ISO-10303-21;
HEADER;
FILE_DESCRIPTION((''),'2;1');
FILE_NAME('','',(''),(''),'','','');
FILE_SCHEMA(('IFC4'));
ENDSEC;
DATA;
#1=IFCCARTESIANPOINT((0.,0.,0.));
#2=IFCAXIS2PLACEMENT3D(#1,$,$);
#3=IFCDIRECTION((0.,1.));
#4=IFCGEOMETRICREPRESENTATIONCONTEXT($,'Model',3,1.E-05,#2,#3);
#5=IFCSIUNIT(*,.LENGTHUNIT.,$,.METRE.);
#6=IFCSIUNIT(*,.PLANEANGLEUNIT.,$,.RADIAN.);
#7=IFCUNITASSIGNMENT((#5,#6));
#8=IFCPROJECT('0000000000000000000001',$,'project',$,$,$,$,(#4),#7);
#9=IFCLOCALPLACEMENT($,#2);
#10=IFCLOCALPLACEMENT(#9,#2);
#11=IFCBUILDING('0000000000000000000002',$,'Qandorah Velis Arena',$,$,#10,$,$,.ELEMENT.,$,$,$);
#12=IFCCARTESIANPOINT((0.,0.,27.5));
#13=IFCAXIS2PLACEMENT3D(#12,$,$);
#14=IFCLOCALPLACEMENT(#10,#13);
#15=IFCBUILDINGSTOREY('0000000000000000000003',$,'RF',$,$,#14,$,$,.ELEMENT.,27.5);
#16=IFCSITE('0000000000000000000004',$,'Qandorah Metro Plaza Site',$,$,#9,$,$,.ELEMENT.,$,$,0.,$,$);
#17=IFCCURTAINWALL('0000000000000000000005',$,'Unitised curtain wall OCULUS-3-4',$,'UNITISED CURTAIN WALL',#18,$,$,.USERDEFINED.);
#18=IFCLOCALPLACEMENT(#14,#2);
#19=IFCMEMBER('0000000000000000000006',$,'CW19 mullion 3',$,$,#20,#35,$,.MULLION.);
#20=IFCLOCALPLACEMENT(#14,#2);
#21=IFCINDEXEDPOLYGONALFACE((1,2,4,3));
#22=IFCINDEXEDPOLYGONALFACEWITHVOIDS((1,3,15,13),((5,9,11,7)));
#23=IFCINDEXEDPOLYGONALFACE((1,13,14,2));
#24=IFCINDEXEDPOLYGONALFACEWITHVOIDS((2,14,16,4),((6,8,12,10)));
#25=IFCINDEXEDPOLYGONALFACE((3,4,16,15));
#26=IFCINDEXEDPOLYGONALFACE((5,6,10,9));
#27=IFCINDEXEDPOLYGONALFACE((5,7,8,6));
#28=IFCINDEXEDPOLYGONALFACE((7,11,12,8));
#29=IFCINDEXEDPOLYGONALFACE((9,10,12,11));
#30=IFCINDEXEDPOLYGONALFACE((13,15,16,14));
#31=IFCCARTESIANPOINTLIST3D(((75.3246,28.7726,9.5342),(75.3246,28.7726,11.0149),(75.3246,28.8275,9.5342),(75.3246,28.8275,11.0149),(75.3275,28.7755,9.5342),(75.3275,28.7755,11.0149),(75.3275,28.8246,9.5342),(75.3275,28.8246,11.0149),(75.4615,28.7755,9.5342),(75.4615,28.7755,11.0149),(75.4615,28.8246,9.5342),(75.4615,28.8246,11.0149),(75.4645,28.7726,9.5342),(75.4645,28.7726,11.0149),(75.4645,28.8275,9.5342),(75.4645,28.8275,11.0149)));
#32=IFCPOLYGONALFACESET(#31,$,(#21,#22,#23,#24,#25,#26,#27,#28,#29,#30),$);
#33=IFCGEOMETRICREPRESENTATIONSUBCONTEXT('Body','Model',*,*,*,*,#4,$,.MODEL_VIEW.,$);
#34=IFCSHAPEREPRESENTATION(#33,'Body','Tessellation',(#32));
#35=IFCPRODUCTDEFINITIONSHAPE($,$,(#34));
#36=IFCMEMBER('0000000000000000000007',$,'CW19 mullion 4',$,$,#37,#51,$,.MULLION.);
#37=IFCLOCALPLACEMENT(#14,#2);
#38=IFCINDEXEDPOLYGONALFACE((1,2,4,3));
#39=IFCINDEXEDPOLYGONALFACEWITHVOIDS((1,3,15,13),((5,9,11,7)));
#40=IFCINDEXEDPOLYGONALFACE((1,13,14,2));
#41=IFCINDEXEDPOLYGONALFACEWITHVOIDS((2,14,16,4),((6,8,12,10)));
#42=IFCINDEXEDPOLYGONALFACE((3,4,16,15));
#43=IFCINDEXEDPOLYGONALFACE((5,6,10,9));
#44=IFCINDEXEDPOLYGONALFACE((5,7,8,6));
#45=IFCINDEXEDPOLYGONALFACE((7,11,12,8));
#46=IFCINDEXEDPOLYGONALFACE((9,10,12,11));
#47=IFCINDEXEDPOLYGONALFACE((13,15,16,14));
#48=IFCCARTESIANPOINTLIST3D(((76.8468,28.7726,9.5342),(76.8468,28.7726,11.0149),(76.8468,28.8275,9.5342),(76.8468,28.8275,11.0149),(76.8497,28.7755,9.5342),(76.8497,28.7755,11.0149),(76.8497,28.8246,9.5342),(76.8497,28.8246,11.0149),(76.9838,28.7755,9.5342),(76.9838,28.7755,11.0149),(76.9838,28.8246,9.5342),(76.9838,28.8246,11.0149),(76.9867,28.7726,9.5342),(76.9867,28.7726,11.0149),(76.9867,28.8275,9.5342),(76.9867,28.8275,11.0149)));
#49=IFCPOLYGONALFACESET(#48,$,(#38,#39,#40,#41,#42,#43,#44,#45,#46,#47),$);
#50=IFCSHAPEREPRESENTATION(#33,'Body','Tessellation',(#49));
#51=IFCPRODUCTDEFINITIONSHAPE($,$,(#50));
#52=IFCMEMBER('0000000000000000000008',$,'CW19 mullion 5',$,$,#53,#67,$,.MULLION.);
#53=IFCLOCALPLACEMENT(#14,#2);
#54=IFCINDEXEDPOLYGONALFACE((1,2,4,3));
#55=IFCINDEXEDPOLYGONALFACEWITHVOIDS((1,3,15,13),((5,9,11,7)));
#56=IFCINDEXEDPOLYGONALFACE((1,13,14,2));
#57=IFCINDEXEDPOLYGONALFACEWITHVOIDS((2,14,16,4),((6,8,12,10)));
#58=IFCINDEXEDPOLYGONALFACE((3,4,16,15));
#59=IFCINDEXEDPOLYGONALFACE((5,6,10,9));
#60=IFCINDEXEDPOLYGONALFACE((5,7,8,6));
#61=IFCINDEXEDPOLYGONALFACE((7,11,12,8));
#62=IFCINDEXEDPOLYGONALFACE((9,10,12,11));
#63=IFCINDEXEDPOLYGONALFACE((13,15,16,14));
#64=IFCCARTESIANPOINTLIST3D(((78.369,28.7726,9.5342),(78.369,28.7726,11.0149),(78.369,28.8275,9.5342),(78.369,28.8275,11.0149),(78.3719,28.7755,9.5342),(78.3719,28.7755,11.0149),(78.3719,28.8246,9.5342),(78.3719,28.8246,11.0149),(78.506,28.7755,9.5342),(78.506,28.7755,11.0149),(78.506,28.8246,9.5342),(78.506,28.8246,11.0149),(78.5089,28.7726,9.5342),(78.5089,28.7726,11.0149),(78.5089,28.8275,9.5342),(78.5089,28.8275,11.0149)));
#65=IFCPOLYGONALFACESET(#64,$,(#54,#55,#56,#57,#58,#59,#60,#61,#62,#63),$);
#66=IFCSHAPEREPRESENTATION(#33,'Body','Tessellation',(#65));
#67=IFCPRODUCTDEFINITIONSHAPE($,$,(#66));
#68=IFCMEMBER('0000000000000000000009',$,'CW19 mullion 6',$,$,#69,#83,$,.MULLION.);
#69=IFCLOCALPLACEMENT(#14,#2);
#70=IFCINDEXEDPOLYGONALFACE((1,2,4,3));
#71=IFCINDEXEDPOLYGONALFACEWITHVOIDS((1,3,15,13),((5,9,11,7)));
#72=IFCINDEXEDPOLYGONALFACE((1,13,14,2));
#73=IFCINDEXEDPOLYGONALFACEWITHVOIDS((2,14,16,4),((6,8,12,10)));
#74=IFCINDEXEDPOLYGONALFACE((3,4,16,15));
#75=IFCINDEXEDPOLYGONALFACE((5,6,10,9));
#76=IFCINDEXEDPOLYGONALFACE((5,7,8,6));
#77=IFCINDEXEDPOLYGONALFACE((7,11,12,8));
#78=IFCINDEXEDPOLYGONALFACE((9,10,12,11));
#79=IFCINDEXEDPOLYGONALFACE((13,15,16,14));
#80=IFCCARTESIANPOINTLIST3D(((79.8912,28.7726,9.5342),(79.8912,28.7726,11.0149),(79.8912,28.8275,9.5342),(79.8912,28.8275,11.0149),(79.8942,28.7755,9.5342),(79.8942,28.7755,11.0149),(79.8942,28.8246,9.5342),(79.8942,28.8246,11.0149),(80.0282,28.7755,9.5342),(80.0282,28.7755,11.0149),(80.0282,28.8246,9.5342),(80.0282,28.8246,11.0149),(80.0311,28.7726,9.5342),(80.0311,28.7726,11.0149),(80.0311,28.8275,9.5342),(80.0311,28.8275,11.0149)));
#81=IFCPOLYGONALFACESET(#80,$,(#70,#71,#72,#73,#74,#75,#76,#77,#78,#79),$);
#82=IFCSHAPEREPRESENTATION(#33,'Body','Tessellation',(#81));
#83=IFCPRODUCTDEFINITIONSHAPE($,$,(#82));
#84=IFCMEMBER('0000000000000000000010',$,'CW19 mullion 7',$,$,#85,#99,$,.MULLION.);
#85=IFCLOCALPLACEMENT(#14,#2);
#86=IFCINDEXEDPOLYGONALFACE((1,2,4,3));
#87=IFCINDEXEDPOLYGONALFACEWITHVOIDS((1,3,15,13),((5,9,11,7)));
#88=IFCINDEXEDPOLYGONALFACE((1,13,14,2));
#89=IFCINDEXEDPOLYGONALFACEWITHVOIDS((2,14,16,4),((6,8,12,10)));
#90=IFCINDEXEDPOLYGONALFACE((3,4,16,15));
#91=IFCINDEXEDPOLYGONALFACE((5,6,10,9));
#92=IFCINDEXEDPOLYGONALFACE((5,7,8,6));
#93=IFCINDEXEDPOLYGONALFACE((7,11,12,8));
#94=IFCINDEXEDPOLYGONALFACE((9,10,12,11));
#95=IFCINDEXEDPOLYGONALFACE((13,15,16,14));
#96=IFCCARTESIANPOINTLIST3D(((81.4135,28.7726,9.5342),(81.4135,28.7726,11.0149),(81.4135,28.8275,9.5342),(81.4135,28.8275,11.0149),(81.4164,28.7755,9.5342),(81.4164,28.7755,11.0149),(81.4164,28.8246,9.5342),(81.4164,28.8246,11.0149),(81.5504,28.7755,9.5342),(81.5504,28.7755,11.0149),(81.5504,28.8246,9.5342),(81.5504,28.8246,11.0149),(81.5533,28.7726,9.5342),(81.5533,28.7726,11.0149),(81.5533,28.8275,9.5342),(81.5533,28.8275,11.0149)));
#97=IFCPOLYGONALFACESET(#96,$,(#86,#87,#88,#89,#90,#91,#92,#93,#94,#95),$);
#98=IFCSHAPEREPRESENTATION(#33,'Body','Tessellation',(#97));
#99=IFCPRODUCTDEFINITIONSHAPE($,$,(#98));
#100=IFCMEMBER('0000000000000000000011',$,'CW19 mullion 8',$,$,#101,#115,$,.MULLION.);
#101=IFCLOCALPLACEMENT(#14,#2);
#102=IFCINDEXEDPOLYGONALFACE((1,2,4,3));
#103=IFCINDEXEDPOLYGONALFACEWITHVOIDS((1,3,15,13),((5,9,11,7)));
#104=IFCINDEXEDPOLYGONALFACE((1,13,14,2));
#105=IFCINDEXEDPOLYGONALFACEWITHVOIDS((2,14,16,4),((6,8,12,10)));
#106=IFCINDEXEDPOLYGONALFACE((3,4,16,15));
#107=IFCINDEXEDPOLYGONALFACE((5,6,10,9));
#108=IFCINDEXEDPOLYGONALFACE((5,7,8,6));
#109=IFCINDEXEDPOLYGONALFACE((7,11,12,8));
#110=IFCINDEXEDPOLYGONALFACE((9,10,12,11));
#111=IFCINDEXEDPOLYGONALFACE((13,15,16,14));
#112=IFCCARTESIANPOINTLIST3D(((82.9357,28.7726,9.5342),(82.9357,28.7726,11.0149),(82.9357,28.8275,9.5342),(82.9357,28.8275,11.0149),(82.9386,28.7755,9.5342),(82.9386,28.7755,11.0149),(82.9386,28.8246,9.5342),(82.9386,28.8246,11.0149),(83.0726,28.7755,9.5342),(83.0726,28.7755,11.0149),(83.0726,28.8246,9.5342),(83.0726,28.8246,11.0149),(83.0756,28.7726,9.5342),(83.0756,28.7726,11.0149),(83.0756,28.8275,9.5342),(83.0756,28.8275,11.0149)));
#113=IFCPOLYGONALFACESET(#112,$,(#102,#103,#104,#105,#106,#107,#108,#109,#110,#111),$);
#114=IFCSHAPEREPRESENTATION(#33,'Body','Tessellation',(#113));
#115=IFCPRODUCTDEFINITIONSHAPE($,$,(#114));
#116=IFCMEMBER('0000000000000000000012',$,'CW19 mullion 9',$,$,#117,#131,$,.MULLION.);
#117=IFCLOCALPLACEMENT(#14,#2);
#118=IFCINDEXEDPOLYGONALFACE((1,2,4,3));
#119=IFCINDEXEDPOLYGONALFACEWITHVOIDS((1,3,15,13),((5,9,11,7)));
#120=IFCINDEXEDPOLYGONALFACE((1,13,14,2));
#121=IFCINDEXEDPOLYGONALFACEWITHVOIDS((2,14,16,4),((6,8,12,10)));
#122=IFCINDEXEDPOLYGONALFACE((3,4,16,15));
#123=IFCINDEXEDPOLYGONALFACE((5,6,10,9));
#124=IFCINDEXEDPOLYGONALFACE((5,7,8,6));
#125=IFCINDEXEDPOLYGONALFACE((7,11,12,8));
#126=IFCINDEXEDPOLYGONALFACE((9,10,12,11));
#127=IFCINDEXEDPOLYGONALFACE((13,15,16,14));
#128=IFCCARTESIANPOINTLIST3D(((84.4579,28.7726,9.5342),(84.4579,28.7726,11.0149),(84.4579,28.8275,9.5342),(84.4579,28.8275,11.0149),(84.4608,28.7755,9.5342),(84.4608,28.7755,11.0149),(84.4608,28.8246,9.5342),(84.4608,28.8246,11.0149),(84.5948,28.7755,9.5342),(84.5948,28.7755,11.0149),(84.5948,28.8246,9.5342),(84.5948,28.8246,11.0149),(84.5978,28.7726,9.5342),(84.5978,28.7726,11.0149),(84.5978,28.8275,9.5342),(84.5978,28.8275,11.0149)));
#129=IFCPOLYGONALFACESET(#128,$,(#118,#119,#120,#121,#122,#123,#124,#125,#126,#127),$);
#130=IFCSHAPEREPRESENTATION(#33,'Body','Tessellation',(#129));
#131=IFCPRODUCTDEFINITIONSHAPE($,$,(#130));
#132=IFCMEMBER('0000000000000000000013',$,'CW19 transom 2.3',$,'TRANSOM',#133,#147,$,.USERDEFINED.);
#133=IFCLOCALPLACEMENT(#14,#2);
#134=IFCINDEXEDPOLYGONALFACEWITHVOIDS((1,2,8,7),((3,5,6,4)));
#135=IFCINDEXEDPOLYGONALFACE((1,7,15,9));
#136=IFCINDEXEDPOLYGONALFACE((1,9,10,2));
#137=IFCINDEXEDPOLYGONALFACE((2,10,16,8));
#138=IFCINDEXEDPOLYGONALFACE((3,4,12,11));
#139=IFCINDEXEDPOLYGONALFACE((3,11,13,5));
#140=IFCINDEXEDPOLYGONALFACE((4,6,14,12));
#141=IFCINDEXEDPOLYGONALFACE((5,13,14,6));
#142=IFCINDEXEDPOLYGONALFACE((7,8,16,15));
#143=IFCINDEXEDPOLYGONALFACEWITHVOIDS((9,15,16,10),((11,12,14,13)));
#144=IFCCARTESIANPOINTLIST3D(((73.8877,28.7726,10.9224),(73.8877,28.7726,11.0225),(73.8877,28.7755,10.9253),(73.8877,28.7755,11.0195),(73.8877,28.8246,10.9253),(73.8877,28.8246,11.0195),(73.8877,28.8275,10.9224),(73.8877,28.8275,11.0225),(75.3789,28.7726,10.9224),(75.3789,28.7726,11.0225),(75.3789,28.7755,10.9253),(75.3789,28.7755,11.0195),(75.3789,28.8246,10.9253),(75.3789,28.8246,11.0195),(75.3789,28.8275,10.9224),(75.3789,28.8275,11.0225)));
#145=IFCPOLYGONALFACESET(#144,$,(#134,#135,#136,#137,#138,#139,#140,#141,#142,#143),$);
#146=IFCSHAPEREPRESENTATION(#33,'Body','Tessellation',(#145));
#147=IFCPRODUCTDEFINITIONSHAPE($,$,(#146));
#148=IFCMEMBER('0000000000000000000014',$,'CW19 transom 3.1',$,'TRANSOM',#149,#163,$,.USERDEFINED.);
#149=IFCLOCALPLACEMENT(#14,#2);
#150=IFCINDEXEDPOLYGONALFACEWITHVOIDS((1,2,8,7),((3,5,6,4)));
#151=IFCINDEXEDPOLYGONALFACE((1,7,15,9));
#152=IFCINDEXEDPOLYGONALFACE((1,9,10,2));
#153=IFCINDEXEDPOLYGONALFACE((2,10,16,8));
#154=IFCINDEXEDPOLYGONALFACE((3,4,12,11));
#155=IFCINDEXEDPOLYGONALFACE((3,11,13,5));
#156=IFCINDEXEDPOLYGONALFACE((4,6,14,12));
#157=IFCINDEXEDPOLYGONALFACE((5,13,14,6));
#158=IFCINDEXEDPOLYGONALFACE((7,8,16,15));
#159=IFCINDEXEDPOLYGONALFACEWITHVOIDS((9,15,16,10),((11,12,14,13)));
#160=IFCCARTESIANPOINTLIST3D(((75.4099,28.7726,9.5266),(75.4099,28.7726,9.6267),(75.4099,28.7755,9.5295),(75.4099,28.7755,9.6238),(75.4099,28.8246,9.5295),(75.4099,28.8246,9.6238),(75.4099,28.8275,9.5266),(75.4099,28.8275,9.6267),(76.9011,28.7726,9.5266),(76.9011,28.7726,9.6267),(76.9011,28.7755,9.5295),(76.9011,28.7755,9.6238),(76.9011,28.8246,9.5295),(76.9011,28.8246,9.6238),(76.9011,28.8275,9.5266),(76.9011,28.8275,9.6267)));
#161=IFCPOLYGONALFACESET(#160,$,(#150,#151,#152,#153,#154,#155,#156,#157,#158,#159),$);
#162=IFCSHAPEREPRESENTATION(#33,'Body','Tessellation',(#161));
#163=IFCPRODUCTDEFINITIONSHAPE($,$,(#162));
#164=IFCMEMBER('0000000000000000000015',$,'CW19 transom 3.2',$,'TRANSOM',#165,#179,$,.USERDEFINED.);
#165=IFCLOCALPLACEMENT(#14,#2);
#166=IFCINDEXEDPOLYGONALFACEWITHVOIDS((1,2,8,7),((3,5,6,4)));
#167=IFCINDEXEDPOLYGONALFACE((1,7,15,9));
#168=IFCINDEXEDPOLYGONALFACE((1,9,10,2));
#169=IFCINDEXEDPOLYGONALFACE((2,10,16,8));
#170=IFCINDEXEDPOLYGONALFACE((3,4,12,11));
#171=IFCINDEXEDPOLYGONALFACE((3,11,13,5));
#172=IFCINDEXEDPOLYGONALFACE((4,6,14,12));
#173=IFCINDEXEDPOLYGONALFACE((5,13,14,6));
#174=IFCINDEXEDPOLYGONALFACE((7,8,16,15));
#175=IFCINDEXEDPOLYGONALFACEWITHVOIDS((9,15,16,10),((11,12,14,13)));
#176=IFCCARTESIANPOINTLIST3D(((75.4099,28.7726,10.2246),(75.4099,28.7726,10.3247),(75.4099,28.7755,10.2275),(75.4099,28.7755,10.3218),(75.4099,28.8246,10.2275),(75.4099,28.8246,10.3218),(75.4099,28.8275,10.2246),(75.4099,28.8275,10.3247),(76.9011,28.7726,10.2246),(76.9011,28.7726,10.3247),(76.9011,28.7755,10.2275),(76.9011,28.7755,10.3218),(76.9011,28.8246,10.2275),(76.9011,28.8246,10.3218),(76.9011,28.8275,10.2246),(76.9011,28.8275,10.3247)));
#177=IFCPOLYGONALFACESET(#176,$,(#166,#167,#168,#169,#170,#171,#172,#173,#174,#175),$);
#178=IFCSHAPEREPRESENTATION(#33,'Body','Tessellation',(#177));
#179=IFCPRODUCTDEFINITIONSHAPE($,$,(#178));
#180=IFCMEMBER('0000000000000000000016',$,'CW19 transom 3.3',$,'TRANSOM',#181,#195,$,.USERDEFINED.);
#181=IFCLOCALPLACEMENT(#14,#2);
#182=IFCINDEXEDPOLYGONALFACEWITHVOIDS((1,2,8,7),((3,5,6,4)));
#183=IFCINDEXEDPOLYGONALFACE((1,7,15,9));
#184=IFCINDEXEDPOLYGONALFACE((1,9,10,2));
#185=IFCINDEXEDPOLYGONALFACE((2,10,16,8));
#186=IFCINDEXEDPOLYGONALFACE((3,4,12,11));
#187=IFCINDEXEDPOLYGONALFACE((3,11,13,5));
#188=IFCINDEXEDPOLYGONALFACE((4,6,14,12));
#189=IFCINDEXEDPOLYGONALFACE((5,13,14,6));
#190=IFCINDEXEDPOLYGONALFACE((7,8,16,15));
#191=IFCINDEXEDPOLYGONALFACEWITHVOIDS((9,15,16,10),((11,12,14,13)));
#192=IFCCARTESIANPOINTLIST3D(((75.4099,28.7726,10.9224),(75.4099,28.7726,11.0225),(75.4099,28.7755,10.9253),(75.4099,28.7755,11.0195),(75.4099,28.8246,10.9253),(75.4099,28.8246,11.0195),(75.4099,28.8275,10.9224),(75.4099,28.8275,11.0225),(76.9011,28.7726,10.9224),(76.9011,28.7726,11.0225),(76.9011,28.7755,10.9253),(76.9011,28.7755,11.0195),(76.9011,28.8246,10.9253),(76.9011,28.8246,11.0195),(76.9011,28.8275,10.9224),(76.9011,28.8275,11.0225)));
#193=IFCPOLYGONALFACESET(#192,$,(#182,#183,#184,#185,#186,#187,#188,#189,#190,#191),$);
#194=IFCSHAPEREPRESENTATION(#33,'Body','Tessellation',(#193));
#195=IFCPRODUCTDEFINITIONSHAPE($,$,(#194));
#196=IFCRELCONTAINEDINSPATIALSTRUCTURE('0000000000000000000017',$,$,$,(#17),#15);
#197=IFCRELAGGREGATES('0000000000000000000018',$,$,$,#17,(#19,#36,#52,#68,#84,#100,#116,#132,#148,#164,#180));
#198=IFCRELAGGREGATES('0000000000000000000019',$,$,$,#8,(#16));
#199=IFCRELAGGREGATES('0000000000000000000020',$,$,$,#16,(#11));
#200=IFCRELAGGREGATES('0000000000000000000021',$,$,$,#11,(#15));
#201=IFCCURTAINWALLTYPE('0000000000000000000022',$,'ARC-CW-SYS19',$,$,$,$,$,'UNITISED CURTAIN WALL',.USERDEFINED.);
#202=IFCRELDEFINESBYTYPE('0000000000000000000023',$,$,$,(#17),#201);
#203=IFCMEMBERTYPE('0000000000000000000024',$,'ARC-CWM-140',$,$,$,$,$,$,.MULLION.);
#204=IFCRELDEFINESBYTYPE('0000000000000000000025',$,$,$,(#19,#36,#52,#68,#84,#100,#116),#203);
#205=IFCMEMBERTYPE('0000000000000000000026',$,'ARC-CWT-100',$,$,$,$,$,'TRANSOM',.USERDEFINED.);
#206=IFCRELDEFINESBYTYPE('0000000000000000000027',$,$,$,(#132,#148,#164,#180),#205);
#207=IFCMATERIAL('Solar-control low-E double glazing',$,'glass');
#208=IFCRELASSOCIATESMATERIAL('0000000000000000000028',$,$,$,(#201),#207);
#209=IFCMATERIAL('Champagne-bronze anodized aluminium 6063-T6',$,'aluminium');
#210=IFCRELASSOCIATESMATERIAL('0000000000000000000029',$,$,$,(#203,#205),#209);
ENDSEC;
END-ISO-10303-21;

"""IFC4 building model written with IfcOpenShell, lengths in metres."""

from ifc_helpers import new_model, si_unit, direction, frame, origin, origin_2d, place, context, subcontext, project, spatial, hollow_rectangle, extrude, material, material_profile, profile_set, type_object, element, aggregate, save


model = new_model("IFC4")

# Units and contexts
model_context = context("Model", 3, precision=1e-05, world=origin(), true_north=direction((0.0, 1.0)))
body_context = subcontext(model_context, "Body", "Model", "MODEL_VIEW")
ifc_project = project(units=[si_unit("LENGTHUNIT", "METRE"), si_unit("PLANEANGLEUNIT", "RADIAN")], contexts=[model_context])

# Site, building, storey
site_placement = place(None, origin())
site = spatial("IfcSite", under=ifc_project, at=site_placement, Name="Qandorah Metro Plaza Site", CompositionType="ELEMENT", RefElevation=0.0)
building_placement = place(site_placement, origin())
building = spatial("IfcBuilding", under=site, at=building_placement, Name="Qandorah Velis Arena", CompositionType="ELEMENT")
storey_placement = place(building_placement, frame((0.0, 0.0, 27.5)))
storey = spatial("IfcBuildingStorey", under=building, at=storey_placement, Name="RF", CompositionType="ELEMENT", Elevation=27.5)

# Curtain wall, members
ifc_material_1 = material(Name="Solar-control low-E double glazing", Category="glass")
curtain_wall_type = type_object("IfcCurtainWallType", Name="ARC-CW-SYS19", ElementType="UNITISED CURTAIN WALL", PredefinedType="USERDEFINED", material=ifc_material_1)
curtain_wall_placement = place(storey_placement, origin())
curtain_wall = element("IfcCurtainWall", 1, at=curtain_wall_placement, inside=storey, type_object=curtain_wall_type, Name="Unitised curtain wall OCULUS-3-4", ObjectType="UNITISED CURTAIN WALL", PredefinedType="USERDEFINED")
ifc_material_2 = material(Name="Champagne-bronze anodized aluminium 6063-T6", Category="aluminium")
ifc_material_profile_1 = material_profile(ifc_material_2, hollow_rectangle(XDim=0.0549, YDim=0.1399, WallThickness=0.0029, at=origin_2d()), Name="ALU MULLION 55x140")
ifc_profile_set_1 = profile_set([ifc_material_profile_1], Name="Champagne-bronze anodized aluminium 6063-T6")
member_type_1 = type_object("IfcMemberType", Name="ARC-CWM-140", PredefinedType="MULLION", material=ifc_profile_set_1)
member_1_placement = place(storey_placement, frame((75.3945, 28.8, 9.5342), z_axis=(0.0, 0.0, 1.0), x_axis=(0.0, 1.0, 0.0)))
member_1 = element("IfcMember", 2, at=member_1_placement, type_object=member_type_1, Name="CW19 mullion 3", PredefinedType="MULLION", context=body_context, shape_type="SweptSolid", body=[
    extrude(hollow_rectangle(XDim=0.0549, YDim=0.1399, WallThickness=0.0029, at=origin_2d()), origin(), (0.0, 0.0, 1.0), 1.4807),
])
member_2_placement = place(storey_placement, frame((76.9167, 28.8, 9.5342), z_axis=(0.0, 0.0, 1.0), x_axis=(0.0, 1.0, 0.0)))
member_2 = element("IfcMember", 3, at=member_2_placement, type_object=member_type_1, Name="CW19 mullion 4", PredefinedType="MULLION", context=body_context, shape_type="SweptSolid", body=[
    extrude(hollow_rectangle(XDim=0.0549, YDim=0.1399, WallThickness=0.0029, at=origin_2d()), origin(), (0.0, 0.0, 1.0), 1.4807),
])
member_3_placement = place(storey_placement, frame((78.439, 28.8, 9.5342), z_axis=(0.0, 0.0, 1.0), x_axis=(0.0, 1.0, 0.0)))
member_3 = element("IfcMember", 4, at=member_3_placement, type_object=member_type_1, Name="CW19 mullion 5", PredefinedType="MULLION", context=body_context, shape_type="SweptSolid", body=[
    extrude(hollow_rectangle(XDim=0.0549, YDim=0.1399, WallThickness=0.0029, at=origin_2d()), origin(), (0.0, 0.0, 1.0), 1.4807),
])
member_4_placement = place(storey_placement, frame((79.9612, 28.8, 9.5342), z_axis=(0.0, 0.0, 1.0), x_axis=(0.0, 1.0, 0.0)))
member_4 = element("IfcMember", 5, at=member_4_placement, type_object=member_type_1, Name="CW19 mullion 6", PredefinedType="MULLION", context=body_context, shape_type="SweptSolid", body=[
    extrude(hollow_rectangle(XDim=0.0549, YDim=0.1399, WallThickness=0.0029, at=origin_2d()), origin(), (0.0, 0.0, 1.0), 1.4807),
])
member_5_placement = place(storey_placement, frame((81.4834, 28.8, 9.5342), z_axis=(0.0, 0.0, 1.0), x_axis=(0.0, 1.0, 0.0)))
member_5 = element("IfcMember", 6, at=member_5_placement, type_object=member_type_1, Name="CW19 mullion 7", PredefinedType="MULLION", context=body_context, shape_type="SweptSolid", body=[
    extrude(hollow_rectangle(XDim=0.0549, YDim=0.1399, WallThickness=0.0029, at=origin_2d()), origin(), (0.0, 0.0, 1.0), 1.4807),
])
member_6_placement = place(storey_placement, frame((83.0056, 28.8, 9.5342), z_axis=(0.0, 0.0, 1.0), x_axis=(0.0, 1.0, 0.0)))
member_6 = element("IfcMember", 7, at=member_6_placement, type_object=member_type_1, Name="CW19 mullion 8", PredefinedType="MULLION", context=body_context, shape_type="SweptSolid", body=[
    extrude(hollow_rectangle(XDim=0.0549, YDim=0.1399, WallThickness=0.0029, at=origin_2d()), origin(), (0.0, 0.0, 1.0), 1.4807),
])
member_7_placement = place(storey_placement, frame((84.5278, 28.8, 9.5342), z_axis=(0.0, 0.0, 1.0), x_axis=(0.0, 1.0, 0.0)))
member_7 = element("IfcMember", 8, at=member_7_placement, type_object=member_type_1, Name="CW19 mullion 9", PredefinedType="MULLION", context=body_context, shape_type="SweptSolid", body=[
    extrude(hollow_rectangle(XDim=0.0549, YDim=0.1399, WallThickness=0.0029, at=origin_2d()), origin(), (0.0, 0.0, 1.0), 1.4807),
])
ifc_material_profile_2 = material_profile(ifc_material_2, hollow_rectangle(XDim=0.0549, YDim=0.1001, WallThickness=0.0029, at=origin_2d()), Name="ALU TRANSOM 55x100")
ifc_profile_set_2 = profile_set([ifc_material_profile_2], Name="Champagne-bronze anodized aluminium 6063-T6")
member_type_2 = type_object("IfcMemberType", Name="ARC-CWT-100", ElementType="TRANSOM", PredefinedType="USERDEFINED", material=ifc_profile_set_2)
member_8_placement = place(storey_placement, frame((73.8877, 28.8, 10.9724), z_axis=(1.0, 0.0, 0.0), x_axis=(0.0, 1.0, 0.0)))
member_8 = element("IfcMember", 9, at=member_8_placement, type_object=member_type_2, Name="CW19 transom 2.3", ObjectType="TRANSOM", PredefinedType="USERDEFINED", context=body_context, shape_type="SweptSolid", body=[
    extrude(hollow_rectangle(XDim=0.0549, YDim=0.1001, WallThickness=0.0029, at=origin_2d()), origin(), (0.0, 0.0, 1.0), 1.4912),
])
member_9_placement = place(storey_placement, frame((75.4099, 28.8, 9.5767), z_axis=(1.0, 0.0, 0.0), x_axis=(0.0, 1.0, 0.0)))
member_9 = element("IfcMember", 10, at=member_9_placement, type_object=member_type_2, Name="CW19 transom 3.1", ObjectType="TRANSOM", PredefinedType="USERDEFINED", context=body_context, shape_type="SweptSolid", body=[
    extrude(hollow_rectangle(XDim=0.0549, YDim=0.1001, WallThickness=0.0029, at=origin_2d()), origin(), (0.0, 0.0, 1.0), 1.4912),
])
member_10_placement = place(storey_placement, frame((75.4099, 28.8, 10.2747), z_axis=(1.0, 0.0, 0.0), x_axis=(0.0, 1.0, 0.0)))
member_10 = element("IfcMember", 11, at=member_10_placement, type_object=member_type_2, Name="CW19 transom 3.2", ObjectType="TRANSOM", PredefinedType="USERDEFINED", context=body_context, shape_type="SweptSolid", body=[
    extrude(hollow_rectangle(XDim=0.0549, YDim=0.1001, WallThickness=0.0029, at=origin_2d()), origin(), (0.0, 0.0, 1.0), 1.4912),
])
member_11_placement = place(storey_placement, frame((75.4099, 28.8, 10.9724), z_axis=(1.0, 0.0, 0.0), x_axis=(0.0, 1.0, 0.0)))
member_11 = element("IfcMember", 12, at=member_11_placement, type_object=member_type_2, Name="CW19 transom 3.3", ObjectType="TRANSOM", PredefinedType="USERDEFINED", context=body_context, shape_type="SweptSolid", body=[
    extrude(hollow_rectangle(XDim=0.0549, YDim=0.1001, WallThickness=0.0029, at=origin_2d()), origin(), (0.0, 0.0, 1.0), 1.4912),
])
aggregate(curtain_wall, [member_1, member_2, member_3, member_4, member_5, member_6, member_7, member_8, member_9, member_10, member_11])

save(model, "model.ifc")
